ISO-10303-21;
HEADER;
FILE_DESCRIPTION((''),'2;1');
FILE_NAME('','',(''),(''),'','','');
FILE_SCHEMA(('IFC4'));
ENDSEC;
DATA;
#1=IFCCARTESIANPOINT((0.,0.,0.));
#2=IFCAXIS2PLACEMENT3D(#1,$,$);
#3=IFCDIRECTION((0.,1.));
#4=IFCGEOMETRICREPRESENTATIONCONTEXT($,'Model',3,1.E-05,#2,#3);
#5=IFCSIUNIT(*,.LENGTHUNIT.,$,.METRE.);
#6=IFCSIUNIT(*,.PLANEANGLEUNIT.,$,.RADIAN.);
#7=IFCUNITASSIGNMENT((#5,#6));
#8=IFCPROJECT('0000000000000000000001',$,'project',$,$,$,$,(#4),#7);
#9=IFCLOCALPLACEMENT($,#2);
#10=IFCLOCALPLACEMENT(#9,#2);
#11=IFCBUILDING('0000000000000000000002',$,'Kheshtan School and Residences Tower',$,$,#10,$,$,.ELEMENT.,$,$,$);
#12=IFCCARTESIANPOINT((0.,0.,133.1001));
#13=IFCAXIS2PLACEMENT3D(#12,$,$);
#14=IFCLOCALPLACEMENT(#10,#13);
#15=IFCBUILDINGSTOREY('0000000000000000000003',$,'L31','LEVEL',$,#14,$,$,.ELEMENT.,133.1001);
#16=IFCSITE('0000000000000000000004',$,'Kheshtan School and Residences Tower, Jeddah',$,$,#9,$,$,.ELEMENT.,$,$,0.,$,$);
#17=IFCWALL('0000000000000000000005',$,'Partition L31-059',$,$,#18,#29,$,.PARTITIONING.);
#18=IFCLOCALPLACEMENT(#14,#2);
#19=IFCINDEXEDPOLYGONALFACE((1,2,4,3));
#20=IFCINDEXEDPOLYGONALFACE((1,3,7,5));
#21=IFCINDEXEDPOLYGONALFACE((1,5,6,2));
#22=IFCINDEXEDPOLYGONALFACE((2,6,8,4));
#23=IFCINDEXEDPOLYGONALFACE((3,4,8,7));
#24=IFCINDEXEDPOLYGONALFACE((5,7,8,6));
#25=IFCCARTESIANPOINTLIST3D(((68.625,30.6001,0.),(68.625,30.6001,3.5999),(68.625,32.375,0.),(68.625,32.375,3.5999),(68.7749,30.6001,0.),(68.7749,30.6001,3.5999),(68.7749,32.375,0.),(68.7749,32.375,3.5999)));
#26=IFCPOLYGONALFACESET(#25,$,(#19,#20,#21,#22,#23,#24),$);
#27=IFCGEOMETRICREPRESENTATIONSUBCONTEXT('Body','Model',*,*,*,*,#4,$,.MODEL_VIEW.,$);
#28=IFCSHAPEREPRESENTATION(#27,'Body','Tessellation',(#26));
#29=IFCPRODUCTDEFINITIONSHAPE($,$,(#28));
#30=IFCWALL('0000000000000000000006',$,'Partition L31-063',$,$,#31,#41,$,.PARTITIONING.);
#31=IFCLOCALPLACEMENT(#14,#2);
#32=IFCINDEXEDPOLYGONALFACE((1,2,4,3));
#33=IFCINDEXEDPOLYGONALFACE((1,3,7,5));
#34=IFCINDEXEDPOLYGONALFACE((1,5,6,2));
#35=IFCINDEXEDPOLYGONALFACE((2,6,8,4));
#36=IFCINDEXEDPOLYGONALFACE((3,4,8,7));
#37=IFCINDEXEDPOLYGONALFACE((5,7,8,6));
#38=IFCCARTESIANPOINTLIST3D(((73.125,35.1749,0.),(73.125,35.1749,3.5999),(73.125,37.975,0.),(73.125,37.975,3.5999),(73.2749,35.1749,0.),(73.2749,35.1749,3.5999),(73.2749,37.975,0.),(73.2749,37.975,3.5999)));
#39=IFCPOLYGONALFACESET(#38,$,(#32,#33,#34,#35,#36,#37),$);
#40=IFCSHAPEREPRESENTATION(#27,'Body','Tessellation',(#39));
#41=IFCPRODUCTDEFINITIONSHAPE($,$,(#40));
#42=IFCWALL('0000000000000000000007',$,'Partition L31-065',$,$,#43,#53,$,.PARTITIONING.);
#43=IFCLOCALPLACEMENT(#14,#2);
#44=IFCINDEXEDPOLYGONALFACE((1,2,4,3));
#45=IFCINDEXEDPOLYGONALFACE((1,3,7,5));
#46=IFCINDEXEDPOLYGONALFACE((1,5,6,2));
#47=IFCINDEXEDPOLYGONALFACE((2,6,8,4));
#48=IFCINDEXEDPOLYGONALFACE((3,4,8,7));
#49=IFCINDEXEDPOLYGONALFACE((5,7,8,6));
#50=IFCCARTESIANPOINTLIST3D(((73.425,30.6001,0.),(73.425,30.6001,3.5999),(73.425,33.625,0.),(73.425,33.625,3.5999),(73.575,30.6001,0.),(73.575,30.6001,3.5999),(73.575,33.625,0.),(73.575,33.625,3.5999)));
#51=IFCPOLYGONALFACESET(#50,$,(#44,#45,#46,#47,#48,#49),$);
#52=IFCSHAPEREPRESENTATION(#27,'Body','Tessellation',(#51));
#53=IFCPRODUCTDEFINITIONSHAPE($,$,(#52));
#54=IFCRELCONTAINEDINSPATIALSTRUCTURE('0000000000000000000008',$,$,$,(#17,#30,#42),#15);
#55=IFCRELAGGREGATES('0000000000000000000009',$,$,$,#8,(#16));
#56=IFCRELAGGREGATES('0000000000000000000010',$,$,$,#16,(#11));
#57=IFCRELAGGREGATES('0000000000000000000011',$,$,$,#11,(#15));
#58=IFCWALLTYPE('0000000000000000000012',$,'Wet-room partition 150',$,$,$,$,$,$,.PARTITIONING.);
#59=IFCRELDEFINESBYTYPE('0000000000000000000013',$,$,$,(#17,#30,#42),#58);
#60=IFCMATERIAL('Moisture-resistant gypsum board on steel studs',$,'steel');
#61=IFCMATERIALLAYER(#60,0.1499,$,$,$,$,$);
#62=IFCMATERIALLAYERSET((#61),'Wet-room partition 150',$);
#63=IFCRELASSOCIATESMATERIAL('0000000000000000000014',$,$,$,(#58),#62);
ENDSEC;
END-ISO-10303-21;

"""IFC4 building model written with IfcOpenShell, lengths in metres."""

from ifc_helpers import new_model, si_unit, direction, frame, frame_2d, origin, place, context, subcontext, project, spatial, rectangle, extrude, material, layer, layer_set, type_object, element, save


model = new_model("IFC4")

# Units and contexts
model_context = context("Model", 3, precision=1e-05, world=origin(), true_north=direction((0.0, 1.0)))
body_context = subcontext(model_context, "Body", "Model", "MODEL_VIEW")
ifc_project = project(units=[si_unit("LENGTHUNIT", "METRE"), si_unit("PLANEANGLEUNIT", "RADIAN")], contexts=[model_context])

# Site, building, storey
site_placement = place(None, origin())
site = spatial("IfcSite", under=ifc_project, at=site_placement, Name="Kheshtan School and Residences Tower, Jeddah", CompositionType="ELEMENT", RefElevation=0.0)
building_placement = place(site_placement, origin())
building = spatial("IfcBuilding", under=site, at=building_placement, Name="Kheshtan School and Residences Tower", CompositionType="ELEMENT")
storey_placement = place(building_placement, frame((0.0, 0.0, 133.1001)))
storey = spatial("IfcBuildingStorey", under=building, at=storey_placement, Name="L31", Description="LEVEL", CompositionType="ELEMENT", Elevation=133.1001)

# Shared definitions
ifc_material_1 = material(Name="Moisture-resistant gypsum board on steel studs", Category="steel")
ifc_layer_1 = layer(ifc_material_1, 0.1499)
ifc_layer_set_1 = layer_set([ifc_layer_1], Name="Wet-room partition 150")
wall_type_1 = type_object("IfcWallType", Name="Wet-room partition 150", PredefinedType="PARTITIONING", material=ifc_layer_set_1)

# Walls
wall_1_placement = place(storey_placement, frame((68.7, 30.6001, 0.0), z_axis=(0.0, 0.0, 1.0), x_axis=(0.0, 1.0, 0.0)))
element("IfcWall", 1, at=wall_1_placement, inside=storey, type_object=wall_type_1, Name="Partition L31-059", PredefinedType="PARTITIONING", context=body_context, shape_type="SweptSolid", body=[
    extrude(rectangle(XDim=1.7749, YDim=0.1499, at=frame_2d((0.8875, 0.0))), origin(), (0.0, 0.0, 1.0), 3.5999),
])
wall_2_placement = place(storey_placement, frame((73.2, 35.175, 0.0), z_axis=(0.0, 0.0, 1.0), x_axis=(0.0, 1.0, 0.0)))
element("IfcWall", 2, at=wall_2_placement, inside=storey, type_object=wall_type_1, Name="Partition L31-063", PredefinedType="PARTITIONING", context=body_context, shape_type="SweptSolid", body=[
    extrude(rectangle(XDim=2.8, YDim=0.1499, at=frame_2d((1.3999, 0.0))), origin(), (0.0, 0.0, 1.0), 3.5999),
])
wall_3_placement = place(storey_placement, frame((73.5, 30.6001, 0.0), z_axis=(0.0, 0.0, 1.0), x_axis=(0.0, 1.0, 0.0)))
element("IfcWall", 3, at=wall_3_placement, inside=storey, type_object=wall_type_1, Name="Partition L31-065", PredefinedType="PARTITIONING", context=body_context, shape_type="SweptSolid", body=[
    extrude(rectangle(XDim=3.0249, YDim=0.1499, at=frame_2d((1.5125, 0.0))), origin(), (0.0, 0.0, 1.0), 3.5999),
])

save(model, "model.ifc")
